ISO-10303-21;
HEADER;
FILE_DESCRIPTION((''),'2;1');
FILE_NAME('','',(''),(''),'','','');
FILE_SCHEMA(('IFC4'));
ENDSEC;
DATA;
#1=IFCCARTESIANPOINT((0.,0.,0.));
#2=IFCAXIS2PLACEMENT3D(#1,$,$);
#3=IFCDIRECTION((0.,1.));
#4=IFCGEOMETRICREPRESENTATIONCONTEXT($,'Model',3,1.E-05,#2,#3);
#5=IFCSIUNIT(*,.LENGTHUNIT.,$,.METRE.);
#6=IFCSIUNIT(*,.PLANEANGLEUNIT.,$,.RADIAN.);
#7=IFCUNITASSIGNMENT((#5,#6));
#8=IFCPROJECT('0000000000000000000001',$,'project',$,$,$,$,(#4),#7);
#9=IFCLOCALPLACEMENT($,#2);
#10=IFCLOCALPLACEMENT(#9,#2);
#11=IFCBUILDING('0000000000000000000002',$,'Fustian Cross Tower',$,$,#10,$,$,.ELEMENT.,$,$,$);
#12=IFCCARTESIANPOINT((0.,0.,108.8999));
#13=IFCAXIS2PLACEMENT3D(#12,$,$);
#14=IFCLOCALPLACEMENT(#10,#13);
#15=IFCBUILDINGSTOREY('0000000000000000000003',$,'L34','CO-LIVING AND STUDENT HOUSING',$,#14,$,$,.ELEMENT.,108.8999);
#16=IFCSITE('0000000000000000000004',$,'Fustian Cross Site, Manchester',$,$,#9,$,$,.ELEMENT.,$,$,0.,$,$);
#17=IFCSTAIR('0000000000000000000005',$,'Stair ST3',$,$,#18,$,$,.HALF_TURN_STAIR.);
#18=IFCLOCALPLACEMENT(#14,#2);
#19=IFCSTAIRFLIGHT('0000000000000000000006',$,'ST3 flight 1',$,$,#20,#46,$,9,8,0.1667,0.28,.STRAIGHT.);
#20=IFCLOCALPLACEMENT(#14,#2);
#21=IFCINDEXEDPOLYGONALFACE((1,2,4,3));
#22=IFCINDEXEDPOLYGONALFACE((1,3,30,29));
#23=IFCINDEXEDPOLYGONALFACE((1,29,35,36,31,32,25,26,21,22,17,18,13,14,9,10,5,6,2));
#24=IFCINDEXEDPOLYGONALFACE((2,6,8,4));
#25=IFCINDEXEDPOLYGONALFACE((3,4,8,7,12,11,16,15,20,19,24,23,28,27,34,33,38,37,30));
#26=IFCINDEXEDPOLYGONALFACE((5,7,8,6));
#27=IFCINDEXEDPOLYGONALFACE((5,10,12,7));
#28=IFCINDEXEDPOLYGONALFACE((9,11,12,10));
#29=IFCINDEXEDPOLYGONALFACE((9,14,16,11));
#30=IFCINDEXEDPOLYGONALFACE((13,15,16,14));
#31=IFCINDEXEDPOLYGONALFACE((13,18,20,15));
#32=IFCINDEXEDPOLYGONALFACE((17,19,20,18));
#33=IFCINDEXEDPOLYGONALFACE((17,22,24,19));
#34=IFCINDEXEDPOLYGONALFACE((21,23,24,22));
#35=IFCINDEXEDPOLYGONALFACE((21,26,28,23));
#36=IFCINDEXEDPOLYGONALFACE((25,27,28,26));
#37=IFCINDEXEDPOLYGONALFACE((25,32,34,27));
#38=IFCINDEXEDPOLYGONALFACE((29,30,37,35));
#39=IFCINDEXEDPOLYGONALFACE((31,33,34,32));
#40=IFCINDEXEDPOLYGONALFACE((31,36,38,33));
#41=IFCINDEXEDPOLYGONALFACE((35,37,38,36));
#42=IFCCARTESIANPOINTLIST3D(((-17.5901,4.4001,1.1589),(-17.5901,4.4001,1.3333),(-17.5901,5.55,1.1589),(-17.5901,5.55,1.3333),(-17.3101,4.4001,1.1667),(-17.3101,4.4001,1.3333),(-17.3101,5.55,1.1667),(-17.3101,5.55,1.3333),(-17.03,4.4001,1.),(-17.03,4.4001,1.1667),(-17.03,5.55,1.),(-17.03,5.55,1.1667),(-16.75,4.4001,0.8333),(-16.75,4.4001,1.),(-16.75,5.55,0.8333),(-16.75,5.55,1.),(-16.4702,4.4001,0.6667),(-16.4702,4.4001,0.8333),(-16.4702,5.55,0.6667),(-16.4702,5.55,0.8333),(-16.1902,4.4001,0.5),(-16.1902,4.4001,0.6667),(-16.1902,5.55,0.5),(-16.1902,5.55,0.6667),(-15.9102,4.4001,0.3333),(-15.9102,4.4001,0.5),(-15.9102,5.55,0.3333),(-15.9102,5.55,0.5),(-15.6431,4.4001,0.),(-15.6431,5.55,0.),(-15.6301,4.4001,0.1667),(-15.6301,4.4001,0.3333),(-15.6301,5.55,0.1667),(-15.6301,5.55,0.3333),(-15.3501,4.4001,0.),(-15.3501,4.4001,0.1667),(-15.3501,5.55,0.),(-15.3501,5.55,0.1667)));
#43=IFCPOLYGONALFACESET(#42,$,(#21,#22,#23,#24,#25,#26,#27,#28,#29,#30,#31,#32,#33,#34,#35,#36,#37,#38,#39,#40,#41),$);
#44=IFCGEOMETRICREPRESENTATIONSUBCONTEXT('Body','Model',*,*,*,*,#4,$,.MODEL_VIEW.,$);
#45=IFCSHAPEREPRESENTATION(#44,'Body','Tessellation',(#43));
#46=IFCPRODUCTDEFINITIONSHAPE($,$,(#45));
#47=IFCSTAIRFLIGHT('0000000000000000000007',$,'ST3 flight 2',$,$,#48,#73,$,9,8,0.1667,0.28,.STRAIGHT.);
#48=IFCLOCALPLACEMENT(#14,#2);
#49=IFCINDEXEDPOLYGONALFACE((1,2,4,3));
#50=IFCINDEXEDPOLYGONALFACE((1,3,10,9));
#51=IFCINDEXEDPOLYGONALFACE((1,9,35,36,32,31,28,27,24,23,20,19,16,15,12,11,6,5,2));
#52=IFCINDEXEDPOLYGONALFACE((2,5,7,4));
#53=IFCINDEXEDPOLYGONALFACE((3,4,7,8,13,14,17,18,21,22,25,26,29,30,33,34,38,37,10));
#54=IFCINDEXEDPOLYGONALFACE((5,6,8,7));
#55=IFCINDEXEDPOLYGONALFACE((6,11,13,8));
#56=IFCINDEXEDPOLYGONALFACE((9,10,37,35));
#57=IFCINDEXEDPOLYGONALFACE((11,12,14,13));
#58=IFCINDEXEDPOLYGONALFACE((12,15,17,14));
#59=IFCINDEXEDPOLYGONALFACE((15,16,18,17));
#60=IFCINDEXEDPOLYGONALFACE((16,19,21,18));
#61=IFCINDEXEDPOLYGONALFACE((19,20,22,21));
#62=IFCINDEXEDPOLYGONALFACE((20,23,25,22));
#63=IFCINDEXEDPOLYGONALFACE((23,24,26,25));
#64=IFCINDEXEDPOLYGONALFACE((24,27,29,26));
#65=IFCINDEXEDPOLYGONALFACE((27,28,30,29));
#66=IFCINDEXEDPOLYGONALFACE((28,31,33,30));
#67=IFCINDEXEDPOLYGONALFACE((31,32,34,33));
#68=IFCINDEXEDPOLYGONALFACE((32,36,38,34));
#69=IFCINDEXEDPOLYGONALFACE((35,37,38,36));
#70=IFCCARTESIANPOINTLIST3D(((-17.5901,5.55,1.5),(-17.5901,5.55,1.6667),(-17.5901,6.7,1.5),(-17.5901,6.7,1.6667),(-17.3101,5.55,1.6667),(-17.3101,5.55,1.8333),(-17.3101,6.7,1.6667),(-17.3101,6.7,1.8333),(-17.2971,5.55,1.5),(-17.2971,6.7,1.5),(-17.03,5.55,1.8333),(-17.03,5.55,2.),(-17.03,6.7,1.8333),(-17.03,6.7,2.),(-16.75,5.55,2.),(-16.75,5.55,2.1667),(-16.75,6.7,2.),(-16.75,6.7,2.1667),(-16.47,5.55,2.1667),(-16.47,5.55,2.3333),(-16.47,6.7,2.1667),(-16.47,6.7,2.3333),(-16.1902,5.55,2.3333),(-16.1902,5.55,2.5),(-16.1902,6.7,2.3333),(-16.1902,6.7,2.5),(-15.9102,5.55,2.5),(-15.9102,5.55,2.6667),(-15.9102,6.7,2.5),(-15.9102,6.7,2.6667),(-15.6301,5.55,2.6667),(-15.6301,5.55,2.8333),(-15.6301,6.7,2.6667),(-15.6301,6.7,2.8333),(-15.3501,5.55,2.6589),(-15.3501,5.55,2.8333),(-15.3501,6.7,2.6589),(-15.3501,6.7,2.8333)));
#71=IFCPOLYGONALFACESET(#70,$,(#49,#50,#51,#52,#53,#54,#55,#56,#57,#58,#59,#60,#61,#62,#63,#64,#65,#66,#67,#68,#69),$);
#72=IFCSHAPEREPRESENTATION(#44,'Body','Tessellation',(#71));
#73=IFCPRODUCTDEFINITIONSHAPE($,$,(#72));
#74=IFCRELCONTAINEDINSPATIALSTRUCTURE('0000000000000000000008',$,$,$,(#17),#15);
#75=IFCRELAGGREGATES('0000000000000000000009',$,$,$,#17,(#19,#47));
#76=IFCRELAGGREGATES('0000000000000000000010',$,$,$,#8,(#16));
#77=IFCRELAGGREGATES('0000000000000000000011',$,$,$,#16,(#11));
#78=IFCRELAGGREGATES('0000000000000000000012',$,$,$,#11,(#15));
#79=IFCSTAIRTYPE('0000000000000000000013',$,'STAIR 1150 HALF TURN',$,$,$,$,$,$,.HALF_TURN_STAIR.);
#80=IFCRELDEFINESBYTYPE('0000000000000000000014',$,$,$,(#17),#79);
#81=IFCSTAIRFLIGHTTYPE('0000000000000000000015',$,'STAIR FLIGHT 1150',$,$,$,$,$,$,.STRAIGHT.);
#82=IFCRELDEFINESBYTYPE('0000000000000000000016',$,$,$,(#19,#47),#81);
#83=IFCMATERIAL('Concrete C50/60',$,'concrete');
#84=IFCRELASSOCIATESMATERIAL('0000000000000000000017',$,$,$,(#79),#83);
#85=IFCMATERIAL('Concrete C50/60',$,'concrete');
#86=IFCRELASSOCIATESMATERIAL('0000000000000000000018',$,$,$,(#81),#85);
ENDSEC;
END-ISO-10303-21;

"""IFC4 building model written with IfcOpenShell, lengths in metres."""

from ifc_helpers import new_model, si_unit, direction, frame, origin, place, context, subcontext, project, spatial, polyline, outline, extrude, material, type_object, element, aggregate, save


model = new_model("IFC4")

# Units and contexts
model_context = context("Model", 3, precision=1e-05, world=origin(), true_north=direction((0.0, 1.0)))
body_context = subcontext(model_context, "Body", "Model", "MODEL_VIEW")
ifc_project = project(units=[si_unit("LENGTHUNIT", "METRE"), si_unit("PLANEANGLEUNIT", "RADIAN")], contexts=[model_context])

# Site, building, storey
site_placement = place(None, origin())
site = spatial("IfcSite", under=ifc_project, at=site_placement, Name="Fustian Cross Site, Manchester", CompositionType="ELEMENT", RefElevation=0.0)
building_placement = place(site_placement, origin())
building = spatial("IfcBuilding", under=site, at=building_placement, Name="Fustian Cross Tower", CompositionType="ELEMENT")
storey_placement = place(building_placement, frame((0.0, 0.0, 108.8999)))
storey = spatial("IfcBuildingStorey", under=building, at=storey_placement, Name="L34", Description="CO-LIVING AND STUDENT HOUSING", CompositionType="ELEMENT", Elevation=108.8999)

# Stair, stair flights
ifc_material_1 = material(Name="Concrete C50/60", Category="concrete")
stair_type = type_object("IfcStairType", Name="STAIR 1150 HALF TURN", PredefinedType="HALF_TURN_STAIR", material=ifc_material_1)
stair_placement = place(storey_placement, origin())
stair = element("IfcStair", 1, at=stair_placement, inside=storey, type_object=stair_type, Name="Stair ST3", PredefinedType="HALF_TURN_STAIR")
ifc_material_2 = material(Name="Concrete C50/60", Category="concrete")
stair_flight_type = type_object("IfcStairFlightType", Name="STAIR FLIGHT 1150", PredefinedType="STRAIGHT", material=ifc_material_2)
stair_flight_1_placement = place(storey_placement, frame((-15.3501, 4.9751, 0.0), z_axis=(0.0, 0.0, 1.0), x_axis=(-1.0, 0.0, 0.0)))
stair_flight_1 = element("IfcStairFlight", 2, at=stair_flight_1_placement, type_object=stair_flight_type, Name="ST3 flight 1", NumberOfRisers=9, NumberOfTreads=8, PredefinedType="STRAIGHT", RiserHeight=0.1667, TreadLength=0.28, context=body_context, shape_type="SweptSolid", body=[
    extrude(outline(polyline([(0.0, 0.0), (0.0, 0.1667), (0.28, 0.1667), (0.28, 0.3333), (0.5601, 0.3333), (0.5601, 0.5), (0.8401, 0.5), (0.8401, 0.6667), (1.1201, 0.6667), (1.1201, 0.8333), (1.3999, 0.8333), (1.3999, 1.0), (1.6799, 1.0), (1.6799, 1.1667), (1.96, 1.1667), (1.96, 1.3333), (2.24, 1.3333), (2.24, 1.5), (2.24, 1.1589), (0.293, 0.0), (0.0, 0.0)])), frame((0.0, 0.575, 0.0), z_axis=(0.0, -1.0, 0.0), x_axis=(1.0, 0.0, 0.0)), (0.0, 0.0, 1.0), 1.1499),
])
stair_flight_2_placement = place(storey_placement, frame((-17.5901, 6.125, 1.5), z_axis=(0.0, 0.0, 1.0), x_axis=(1.0, 0.0, 0.0)))
stair_flight_2 = element("IfcStairFlight", 3, at=stair_flight_2_placement, type_object=stair_flight_type, Name="ST3 flight 2", NumberOfRisers=9, NumberOfTreads=8, PredefinedType="STRAIGHT", RiserHeight=0.1667, TreadLength=0.28, context=body_context, shape_type="SweptSolid", body=[
    extrude(outline(polyline([(0.0, 0.0), (0.0, 0.1667), (0.28, 0.1667), (0.28, 0.3333), (0.5601, 0.3333), (0.5601, 0.5), (0.8401, 0.5), (0.8401, 0.6667), (1.1201, 0.6667), (1.1201, 0.8333), (1.3999, 0.8333), (1.3999, 1.0), (1.6799, 1.0), (1.6799, 1.1667), (1.96, 1.1667), (1.96, 1.3333), (2.24, 1.3333), (2.24, 1.5), (2.24, 1.1589), (0.293, 0.0), (0.0, 0.0)])), frame((0.0, 0.575, 0.0), z_axis=(0.0, -1.0, 0.0), x_axis=(1.0, 0.0, 0.0)), (0.0, 0.0, 1.0), 1.1499),
])
aggregate(stair, [stair_flight_1, stair_flight_2])

save(model, "model.ifc")
